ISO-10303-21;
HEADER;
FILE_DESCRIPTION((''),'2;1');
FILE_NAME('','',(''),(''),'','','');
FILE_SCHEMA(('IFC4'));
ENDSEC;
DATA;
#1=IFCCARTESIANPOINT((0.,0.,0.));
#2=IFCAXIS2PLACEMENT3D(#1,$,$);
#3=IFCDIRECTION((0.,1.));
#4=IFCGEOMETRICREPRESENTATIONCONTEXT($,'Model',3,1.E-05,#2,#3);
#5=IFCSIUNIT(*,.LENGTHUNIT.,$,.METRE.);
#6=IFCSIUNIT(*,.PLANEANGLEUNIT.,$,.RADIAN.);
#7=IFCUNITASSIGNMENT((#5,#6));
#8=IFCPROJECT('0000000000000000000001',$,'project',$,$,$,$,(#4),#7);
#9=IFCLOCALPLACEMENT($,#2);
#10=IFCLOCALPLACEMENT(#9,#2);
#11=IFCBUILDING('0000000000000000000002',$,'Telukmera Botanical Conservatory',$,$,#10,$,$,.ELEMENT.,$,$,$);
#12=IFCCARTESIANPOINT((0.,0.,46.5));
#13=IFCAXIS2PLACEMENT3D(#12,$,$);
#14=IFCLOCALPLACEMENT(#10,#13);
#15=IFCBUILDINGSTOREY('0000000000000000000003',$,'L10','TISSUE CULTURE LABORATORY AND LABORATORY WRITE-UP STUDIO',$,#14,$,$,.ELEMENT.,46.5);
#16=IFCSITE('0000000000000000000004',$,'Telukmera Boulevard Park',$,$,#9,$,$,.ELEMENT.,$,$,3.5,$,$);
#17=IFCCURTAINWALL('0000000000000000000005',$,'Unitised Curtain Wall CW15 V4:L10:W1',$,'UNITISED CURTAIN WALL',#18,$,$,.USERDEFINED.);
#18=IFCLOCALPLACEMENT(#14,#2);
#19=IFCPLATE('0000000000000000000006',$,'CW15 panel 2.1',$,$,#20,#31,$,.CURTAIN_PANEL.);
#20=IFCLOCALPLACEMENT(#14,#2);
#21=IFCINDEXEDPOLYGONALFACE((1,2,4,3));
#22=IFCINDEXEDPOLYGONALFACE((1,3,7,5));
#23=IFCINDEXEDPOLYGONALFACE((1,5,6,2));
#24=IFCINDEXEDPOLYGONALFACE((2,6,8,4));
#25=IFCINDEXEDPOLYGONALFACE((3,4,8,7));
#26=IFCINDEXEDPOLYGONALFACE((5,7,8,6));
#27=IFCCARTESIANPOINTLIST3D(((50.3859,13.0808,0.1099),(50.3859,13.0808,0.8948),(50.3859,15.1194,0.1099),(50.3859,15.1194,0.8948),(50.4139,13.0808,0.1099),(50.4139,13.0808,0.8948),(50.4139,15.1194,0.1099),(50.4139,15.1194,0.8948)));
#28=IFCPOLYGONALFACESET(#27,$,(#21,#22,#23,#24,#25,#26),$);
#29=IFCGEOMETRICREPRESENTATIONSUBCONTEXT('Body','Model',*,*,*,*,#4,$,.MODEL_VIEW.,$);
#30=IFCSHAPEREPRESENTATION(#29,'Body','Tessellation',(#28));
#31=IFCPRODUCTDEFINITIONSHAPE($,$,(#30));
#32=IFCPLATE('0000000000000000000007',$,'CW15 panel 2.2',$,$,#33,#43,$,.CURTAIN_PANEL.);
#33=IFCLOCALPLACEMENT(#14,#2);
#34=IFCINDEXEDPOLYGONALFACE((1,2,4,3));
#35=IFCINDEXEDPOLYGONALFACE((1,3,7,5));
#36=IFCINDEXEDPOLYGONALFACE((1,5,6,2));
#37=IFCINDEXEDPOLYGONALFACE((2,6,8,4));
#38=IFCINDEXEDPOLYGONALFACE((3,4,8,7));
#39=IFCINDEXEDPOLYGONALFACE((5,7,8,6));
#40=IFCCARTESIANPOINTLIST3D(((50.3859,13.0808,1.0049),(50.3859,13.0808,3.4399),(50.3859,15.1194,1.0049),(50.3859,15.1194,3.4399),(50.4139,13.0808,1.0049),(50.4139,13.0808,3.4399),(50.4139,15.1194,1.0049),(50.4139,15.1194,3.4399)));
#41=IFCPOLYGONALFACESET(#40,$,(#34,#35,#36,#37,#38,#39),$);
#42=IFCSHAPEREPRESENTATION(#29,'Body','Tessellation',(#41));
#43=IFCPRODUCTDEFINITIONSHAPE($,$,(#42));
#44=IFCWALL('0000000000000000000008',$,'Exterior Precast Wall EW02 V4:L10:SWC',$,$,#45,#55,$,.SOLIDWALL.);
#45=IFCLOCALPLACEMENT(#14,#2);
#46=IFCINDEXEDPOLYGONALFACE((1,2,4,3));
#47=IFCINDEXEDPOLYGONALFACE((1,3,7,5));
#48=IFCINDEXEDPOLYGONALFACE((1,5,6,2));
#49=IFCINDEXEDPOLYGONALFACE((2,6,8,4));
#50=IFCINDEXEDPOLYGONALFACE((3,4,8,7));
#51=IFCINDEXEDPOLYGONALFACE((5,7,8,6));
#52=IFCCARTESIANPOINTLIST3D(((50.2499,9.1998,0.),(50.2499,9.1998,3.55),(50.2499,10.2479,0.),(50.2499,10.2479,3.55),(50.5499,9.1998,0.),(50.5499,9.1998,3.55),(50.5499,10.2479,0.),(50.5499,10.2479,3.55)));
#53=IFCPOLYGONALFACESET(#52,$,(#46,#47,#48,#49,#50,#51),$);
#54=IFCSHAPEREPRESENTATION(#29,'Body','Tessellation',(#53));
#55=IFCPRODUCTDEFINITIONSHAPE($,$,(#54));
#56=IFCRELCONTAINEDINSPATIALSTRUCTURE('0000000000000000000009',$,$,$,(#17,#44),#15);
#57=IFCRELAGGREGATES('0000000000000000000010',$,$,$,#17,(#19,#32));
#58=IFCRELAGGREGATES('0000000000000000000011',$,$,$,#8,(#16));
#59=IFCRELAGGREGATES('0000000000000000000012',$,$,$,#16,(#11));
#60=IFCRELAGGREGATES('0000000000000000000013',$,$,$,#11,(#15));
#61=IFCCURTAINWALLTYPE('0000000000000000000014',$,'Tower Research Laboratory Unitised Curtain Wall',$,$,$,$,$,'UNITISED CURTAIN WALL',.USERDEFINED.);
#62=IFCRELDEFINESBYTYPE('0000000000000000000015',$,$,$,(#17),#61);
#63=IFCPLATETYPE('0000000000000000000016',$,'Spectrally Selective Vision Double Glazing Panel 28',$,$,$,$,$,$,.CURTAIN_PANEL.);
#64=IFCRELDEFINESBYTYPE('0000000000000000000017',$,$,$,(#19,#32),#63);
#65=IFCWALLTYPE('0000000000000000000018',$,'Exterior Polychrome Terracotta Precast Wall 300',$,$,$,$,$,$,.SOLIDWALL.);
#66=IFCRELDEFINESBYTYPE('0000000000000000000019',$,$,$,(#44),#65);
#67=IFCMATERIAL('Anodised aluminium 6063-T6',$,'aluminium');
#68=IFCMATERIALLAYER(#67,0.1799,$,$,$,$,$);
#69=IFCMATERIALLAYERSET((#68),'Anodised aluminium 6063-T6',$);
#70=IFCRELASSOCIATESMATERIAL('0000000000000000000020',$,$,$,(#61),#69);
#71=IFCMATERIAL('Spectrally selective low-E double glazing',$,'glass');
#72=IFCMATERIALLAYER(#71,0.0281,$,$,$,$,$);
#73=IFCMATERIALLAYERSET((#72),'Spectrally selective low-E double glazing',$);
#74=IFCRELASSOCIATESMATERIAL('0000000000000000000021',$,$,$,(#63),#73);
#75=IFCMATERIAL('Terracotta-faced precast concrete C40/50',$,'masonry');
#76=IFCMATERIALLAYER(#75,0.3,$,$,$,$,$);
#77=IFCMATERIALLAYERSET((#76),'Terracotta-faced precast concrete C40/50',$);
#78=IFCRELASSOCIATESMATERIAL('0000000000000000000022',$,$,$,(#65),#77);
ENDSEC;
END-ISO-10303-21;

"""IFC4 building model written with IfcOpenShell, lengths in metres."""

from ifc_helpers import new_model, si_unit, direction, frame, frame_2d, origin, origin_2d, place, context, subcontext, project, spatial, rectangle, extrude, material, layer, layer_set, type_object, element, aggregate, save


model = new_model("IFC4")

# Units and contexts
model_context = context("Model", 3, precision=1e-05, world=origin(), true_north=direction((0.0, 1.0)))
body_context = subcontext(model_context, "Body", "Model", "MODEL_VIEW")
ifc_project = project(units=[si_unit("LENGTHUNIT", "METRE"), si_unit("PLANEANGLEUNIT", "RADIAN")], contexts=[model_context])

# Site, building, storey
site_placement = place(None, origin())
site = spatial("IfcSite", under=ifc_project, at=site_placement, Name="Telukmera Boulevard Park", CompositionType="ELEMENT", RefElevation=3.5)
building_placement = place(site_placement, origin())
building = spatial("IfcBuilding", under=site, at=building_placement, Name="Telukmera Botanical Conservatory", CompositionType="ELEMENT")
storey_placement = place(building_placement, frame((0.0, 0.0, 46.5)))
storey = spatial("IfcBuildingStorey", under=building, at=storey_placement, Name="L10", Description="TISSUE CULTURE LABORATORY AND LABORATORY WRITE-UP STUDIO", CompositionType="ELEMENT", Elevation=46.5)

# Curtain wall, plates
ifc_material_1 = material(Name="Anodised aluminium 6063-T6", Category="aluminium")
ifc_layer_1 = layer(ifc_material_1, 0.1799)
ifc_layer_set_1 = layer_set([ifc_layer_1], Name="Anodised aluminium 6063-T6")
curtain_wall_type = type_object("IfcCurtainWallType", Name="Tower Research Laboratory Unitised Curtain Wall", ElementType="UNITISED CURTAIN WALL", PredefinedType="USERDEFINED", material=ifc_layer_set_1)
curtain_wall_placement = place(storey_placement, origin())
curtain_wall = element("IfcCurtainWall", 1, at=curtain_wall_placement, inside=storey, type_object=curtain_wall_type, Name="Unitised Curtain Wall CW15 V4:L10:W1", ObjectType="UNITISED CURTAIN WALL", PredefinedType="USERDEFINED")
ifc_material_2 = material(Name="Spectrally selective low-E double glazing", Category="glass")
ifc_layer_2 = layer(ifc_material_2, 0.0281)
ifc_layer_set_2 = layer_set([ifc_layer_2], Name="Spectrally selective low-E double glazing")
plate_type = type_object("IfcPlateType", Name="Spectrally Selective Vision Double Glazing Panel 28", PredefinedType="CURTAIN_PANEL", material=ifc_layer_set_2)
plate_1_placement = place(storey_placement, frame((50.3999, 14.1001, 0.1099), z_axis=(0.0, 0.0, 1.0), x_axis=(0.0, 1.0, 0.0)))
plate_1 = element("IfcPlate", 2, at=plate_1_placement, type_object=plate_type, Name="CW15 panel 2.1", PredefinedType="CURTAIN_PANEL", context=body_context, shape_type="SweptSolid", body=[
    extrude(rectangle(XDim=2.0386, YDim=0.0281, at=origin_2d()), origin(), (0.0, 0.0, 1.0), 0.7849),
])
plate_2_placement = place(storey_placement, frame((50.3999, 14.1001, 1.0049), z_axis=(0.0, 0.0, 1.0), x_axis=(0.0, 1.0, 0.0)))
plate_2 = element("IfcPlate", 3, at=plate_2_placement, type_object=plate_type, Name="CW15 panel 2.2", PredefinedType="CURTAIN_PANEL", context=body_context, shape_type="SweptSolid", body=[
    extrude(rectangle(XDim=2.0386, YDim=0.0281, at=origin_2d()), origin(), (0.0, 0.0, 1.0), 2.4351),
])
aggregate(curtain_wall, [plate_1, plate_2])

# Wall
ifc_material_3 = material(Name="Terracotta-faced precast concrete C40/50", Category="masonry")
ifc_layer_3 = layer(ifc_material_3, 0.3)
ifc_layer_set_3 = layer_set([ifc_layer_3], Name="Terracotta-faced precast concrete C40/50")
wall_type = type_object("IfcWallType", Name="Exterior Polychrome Terracotta Precast Wall 300", PredefinedType="SOLIDWALL", material=ifc_layer_set_3)
wall_placement = place(storey_placement, frame((50.3999, 9.2, 0.0), z_axis=(0.0, 0.0, 1.0), x_axis=(0.0, 1.0, 0.0)))
element("IfcWall", 4, at=wall_placement, inside=storey, type_object=wall_type, Name="Exterior Precast Wall EW02 V4:L10:SWC", PredefinedType="SOLIDWALL", context=body_context, shape_type="SweptSolid", body=[
    extrude(rectangle(XDim=1.0481, YDim=0.3, at=frame_2d((0.5239, 0.0))), origin(), (0.0, 0.0, 1.0), 3.55),
])

save(model, "model.ifc")
